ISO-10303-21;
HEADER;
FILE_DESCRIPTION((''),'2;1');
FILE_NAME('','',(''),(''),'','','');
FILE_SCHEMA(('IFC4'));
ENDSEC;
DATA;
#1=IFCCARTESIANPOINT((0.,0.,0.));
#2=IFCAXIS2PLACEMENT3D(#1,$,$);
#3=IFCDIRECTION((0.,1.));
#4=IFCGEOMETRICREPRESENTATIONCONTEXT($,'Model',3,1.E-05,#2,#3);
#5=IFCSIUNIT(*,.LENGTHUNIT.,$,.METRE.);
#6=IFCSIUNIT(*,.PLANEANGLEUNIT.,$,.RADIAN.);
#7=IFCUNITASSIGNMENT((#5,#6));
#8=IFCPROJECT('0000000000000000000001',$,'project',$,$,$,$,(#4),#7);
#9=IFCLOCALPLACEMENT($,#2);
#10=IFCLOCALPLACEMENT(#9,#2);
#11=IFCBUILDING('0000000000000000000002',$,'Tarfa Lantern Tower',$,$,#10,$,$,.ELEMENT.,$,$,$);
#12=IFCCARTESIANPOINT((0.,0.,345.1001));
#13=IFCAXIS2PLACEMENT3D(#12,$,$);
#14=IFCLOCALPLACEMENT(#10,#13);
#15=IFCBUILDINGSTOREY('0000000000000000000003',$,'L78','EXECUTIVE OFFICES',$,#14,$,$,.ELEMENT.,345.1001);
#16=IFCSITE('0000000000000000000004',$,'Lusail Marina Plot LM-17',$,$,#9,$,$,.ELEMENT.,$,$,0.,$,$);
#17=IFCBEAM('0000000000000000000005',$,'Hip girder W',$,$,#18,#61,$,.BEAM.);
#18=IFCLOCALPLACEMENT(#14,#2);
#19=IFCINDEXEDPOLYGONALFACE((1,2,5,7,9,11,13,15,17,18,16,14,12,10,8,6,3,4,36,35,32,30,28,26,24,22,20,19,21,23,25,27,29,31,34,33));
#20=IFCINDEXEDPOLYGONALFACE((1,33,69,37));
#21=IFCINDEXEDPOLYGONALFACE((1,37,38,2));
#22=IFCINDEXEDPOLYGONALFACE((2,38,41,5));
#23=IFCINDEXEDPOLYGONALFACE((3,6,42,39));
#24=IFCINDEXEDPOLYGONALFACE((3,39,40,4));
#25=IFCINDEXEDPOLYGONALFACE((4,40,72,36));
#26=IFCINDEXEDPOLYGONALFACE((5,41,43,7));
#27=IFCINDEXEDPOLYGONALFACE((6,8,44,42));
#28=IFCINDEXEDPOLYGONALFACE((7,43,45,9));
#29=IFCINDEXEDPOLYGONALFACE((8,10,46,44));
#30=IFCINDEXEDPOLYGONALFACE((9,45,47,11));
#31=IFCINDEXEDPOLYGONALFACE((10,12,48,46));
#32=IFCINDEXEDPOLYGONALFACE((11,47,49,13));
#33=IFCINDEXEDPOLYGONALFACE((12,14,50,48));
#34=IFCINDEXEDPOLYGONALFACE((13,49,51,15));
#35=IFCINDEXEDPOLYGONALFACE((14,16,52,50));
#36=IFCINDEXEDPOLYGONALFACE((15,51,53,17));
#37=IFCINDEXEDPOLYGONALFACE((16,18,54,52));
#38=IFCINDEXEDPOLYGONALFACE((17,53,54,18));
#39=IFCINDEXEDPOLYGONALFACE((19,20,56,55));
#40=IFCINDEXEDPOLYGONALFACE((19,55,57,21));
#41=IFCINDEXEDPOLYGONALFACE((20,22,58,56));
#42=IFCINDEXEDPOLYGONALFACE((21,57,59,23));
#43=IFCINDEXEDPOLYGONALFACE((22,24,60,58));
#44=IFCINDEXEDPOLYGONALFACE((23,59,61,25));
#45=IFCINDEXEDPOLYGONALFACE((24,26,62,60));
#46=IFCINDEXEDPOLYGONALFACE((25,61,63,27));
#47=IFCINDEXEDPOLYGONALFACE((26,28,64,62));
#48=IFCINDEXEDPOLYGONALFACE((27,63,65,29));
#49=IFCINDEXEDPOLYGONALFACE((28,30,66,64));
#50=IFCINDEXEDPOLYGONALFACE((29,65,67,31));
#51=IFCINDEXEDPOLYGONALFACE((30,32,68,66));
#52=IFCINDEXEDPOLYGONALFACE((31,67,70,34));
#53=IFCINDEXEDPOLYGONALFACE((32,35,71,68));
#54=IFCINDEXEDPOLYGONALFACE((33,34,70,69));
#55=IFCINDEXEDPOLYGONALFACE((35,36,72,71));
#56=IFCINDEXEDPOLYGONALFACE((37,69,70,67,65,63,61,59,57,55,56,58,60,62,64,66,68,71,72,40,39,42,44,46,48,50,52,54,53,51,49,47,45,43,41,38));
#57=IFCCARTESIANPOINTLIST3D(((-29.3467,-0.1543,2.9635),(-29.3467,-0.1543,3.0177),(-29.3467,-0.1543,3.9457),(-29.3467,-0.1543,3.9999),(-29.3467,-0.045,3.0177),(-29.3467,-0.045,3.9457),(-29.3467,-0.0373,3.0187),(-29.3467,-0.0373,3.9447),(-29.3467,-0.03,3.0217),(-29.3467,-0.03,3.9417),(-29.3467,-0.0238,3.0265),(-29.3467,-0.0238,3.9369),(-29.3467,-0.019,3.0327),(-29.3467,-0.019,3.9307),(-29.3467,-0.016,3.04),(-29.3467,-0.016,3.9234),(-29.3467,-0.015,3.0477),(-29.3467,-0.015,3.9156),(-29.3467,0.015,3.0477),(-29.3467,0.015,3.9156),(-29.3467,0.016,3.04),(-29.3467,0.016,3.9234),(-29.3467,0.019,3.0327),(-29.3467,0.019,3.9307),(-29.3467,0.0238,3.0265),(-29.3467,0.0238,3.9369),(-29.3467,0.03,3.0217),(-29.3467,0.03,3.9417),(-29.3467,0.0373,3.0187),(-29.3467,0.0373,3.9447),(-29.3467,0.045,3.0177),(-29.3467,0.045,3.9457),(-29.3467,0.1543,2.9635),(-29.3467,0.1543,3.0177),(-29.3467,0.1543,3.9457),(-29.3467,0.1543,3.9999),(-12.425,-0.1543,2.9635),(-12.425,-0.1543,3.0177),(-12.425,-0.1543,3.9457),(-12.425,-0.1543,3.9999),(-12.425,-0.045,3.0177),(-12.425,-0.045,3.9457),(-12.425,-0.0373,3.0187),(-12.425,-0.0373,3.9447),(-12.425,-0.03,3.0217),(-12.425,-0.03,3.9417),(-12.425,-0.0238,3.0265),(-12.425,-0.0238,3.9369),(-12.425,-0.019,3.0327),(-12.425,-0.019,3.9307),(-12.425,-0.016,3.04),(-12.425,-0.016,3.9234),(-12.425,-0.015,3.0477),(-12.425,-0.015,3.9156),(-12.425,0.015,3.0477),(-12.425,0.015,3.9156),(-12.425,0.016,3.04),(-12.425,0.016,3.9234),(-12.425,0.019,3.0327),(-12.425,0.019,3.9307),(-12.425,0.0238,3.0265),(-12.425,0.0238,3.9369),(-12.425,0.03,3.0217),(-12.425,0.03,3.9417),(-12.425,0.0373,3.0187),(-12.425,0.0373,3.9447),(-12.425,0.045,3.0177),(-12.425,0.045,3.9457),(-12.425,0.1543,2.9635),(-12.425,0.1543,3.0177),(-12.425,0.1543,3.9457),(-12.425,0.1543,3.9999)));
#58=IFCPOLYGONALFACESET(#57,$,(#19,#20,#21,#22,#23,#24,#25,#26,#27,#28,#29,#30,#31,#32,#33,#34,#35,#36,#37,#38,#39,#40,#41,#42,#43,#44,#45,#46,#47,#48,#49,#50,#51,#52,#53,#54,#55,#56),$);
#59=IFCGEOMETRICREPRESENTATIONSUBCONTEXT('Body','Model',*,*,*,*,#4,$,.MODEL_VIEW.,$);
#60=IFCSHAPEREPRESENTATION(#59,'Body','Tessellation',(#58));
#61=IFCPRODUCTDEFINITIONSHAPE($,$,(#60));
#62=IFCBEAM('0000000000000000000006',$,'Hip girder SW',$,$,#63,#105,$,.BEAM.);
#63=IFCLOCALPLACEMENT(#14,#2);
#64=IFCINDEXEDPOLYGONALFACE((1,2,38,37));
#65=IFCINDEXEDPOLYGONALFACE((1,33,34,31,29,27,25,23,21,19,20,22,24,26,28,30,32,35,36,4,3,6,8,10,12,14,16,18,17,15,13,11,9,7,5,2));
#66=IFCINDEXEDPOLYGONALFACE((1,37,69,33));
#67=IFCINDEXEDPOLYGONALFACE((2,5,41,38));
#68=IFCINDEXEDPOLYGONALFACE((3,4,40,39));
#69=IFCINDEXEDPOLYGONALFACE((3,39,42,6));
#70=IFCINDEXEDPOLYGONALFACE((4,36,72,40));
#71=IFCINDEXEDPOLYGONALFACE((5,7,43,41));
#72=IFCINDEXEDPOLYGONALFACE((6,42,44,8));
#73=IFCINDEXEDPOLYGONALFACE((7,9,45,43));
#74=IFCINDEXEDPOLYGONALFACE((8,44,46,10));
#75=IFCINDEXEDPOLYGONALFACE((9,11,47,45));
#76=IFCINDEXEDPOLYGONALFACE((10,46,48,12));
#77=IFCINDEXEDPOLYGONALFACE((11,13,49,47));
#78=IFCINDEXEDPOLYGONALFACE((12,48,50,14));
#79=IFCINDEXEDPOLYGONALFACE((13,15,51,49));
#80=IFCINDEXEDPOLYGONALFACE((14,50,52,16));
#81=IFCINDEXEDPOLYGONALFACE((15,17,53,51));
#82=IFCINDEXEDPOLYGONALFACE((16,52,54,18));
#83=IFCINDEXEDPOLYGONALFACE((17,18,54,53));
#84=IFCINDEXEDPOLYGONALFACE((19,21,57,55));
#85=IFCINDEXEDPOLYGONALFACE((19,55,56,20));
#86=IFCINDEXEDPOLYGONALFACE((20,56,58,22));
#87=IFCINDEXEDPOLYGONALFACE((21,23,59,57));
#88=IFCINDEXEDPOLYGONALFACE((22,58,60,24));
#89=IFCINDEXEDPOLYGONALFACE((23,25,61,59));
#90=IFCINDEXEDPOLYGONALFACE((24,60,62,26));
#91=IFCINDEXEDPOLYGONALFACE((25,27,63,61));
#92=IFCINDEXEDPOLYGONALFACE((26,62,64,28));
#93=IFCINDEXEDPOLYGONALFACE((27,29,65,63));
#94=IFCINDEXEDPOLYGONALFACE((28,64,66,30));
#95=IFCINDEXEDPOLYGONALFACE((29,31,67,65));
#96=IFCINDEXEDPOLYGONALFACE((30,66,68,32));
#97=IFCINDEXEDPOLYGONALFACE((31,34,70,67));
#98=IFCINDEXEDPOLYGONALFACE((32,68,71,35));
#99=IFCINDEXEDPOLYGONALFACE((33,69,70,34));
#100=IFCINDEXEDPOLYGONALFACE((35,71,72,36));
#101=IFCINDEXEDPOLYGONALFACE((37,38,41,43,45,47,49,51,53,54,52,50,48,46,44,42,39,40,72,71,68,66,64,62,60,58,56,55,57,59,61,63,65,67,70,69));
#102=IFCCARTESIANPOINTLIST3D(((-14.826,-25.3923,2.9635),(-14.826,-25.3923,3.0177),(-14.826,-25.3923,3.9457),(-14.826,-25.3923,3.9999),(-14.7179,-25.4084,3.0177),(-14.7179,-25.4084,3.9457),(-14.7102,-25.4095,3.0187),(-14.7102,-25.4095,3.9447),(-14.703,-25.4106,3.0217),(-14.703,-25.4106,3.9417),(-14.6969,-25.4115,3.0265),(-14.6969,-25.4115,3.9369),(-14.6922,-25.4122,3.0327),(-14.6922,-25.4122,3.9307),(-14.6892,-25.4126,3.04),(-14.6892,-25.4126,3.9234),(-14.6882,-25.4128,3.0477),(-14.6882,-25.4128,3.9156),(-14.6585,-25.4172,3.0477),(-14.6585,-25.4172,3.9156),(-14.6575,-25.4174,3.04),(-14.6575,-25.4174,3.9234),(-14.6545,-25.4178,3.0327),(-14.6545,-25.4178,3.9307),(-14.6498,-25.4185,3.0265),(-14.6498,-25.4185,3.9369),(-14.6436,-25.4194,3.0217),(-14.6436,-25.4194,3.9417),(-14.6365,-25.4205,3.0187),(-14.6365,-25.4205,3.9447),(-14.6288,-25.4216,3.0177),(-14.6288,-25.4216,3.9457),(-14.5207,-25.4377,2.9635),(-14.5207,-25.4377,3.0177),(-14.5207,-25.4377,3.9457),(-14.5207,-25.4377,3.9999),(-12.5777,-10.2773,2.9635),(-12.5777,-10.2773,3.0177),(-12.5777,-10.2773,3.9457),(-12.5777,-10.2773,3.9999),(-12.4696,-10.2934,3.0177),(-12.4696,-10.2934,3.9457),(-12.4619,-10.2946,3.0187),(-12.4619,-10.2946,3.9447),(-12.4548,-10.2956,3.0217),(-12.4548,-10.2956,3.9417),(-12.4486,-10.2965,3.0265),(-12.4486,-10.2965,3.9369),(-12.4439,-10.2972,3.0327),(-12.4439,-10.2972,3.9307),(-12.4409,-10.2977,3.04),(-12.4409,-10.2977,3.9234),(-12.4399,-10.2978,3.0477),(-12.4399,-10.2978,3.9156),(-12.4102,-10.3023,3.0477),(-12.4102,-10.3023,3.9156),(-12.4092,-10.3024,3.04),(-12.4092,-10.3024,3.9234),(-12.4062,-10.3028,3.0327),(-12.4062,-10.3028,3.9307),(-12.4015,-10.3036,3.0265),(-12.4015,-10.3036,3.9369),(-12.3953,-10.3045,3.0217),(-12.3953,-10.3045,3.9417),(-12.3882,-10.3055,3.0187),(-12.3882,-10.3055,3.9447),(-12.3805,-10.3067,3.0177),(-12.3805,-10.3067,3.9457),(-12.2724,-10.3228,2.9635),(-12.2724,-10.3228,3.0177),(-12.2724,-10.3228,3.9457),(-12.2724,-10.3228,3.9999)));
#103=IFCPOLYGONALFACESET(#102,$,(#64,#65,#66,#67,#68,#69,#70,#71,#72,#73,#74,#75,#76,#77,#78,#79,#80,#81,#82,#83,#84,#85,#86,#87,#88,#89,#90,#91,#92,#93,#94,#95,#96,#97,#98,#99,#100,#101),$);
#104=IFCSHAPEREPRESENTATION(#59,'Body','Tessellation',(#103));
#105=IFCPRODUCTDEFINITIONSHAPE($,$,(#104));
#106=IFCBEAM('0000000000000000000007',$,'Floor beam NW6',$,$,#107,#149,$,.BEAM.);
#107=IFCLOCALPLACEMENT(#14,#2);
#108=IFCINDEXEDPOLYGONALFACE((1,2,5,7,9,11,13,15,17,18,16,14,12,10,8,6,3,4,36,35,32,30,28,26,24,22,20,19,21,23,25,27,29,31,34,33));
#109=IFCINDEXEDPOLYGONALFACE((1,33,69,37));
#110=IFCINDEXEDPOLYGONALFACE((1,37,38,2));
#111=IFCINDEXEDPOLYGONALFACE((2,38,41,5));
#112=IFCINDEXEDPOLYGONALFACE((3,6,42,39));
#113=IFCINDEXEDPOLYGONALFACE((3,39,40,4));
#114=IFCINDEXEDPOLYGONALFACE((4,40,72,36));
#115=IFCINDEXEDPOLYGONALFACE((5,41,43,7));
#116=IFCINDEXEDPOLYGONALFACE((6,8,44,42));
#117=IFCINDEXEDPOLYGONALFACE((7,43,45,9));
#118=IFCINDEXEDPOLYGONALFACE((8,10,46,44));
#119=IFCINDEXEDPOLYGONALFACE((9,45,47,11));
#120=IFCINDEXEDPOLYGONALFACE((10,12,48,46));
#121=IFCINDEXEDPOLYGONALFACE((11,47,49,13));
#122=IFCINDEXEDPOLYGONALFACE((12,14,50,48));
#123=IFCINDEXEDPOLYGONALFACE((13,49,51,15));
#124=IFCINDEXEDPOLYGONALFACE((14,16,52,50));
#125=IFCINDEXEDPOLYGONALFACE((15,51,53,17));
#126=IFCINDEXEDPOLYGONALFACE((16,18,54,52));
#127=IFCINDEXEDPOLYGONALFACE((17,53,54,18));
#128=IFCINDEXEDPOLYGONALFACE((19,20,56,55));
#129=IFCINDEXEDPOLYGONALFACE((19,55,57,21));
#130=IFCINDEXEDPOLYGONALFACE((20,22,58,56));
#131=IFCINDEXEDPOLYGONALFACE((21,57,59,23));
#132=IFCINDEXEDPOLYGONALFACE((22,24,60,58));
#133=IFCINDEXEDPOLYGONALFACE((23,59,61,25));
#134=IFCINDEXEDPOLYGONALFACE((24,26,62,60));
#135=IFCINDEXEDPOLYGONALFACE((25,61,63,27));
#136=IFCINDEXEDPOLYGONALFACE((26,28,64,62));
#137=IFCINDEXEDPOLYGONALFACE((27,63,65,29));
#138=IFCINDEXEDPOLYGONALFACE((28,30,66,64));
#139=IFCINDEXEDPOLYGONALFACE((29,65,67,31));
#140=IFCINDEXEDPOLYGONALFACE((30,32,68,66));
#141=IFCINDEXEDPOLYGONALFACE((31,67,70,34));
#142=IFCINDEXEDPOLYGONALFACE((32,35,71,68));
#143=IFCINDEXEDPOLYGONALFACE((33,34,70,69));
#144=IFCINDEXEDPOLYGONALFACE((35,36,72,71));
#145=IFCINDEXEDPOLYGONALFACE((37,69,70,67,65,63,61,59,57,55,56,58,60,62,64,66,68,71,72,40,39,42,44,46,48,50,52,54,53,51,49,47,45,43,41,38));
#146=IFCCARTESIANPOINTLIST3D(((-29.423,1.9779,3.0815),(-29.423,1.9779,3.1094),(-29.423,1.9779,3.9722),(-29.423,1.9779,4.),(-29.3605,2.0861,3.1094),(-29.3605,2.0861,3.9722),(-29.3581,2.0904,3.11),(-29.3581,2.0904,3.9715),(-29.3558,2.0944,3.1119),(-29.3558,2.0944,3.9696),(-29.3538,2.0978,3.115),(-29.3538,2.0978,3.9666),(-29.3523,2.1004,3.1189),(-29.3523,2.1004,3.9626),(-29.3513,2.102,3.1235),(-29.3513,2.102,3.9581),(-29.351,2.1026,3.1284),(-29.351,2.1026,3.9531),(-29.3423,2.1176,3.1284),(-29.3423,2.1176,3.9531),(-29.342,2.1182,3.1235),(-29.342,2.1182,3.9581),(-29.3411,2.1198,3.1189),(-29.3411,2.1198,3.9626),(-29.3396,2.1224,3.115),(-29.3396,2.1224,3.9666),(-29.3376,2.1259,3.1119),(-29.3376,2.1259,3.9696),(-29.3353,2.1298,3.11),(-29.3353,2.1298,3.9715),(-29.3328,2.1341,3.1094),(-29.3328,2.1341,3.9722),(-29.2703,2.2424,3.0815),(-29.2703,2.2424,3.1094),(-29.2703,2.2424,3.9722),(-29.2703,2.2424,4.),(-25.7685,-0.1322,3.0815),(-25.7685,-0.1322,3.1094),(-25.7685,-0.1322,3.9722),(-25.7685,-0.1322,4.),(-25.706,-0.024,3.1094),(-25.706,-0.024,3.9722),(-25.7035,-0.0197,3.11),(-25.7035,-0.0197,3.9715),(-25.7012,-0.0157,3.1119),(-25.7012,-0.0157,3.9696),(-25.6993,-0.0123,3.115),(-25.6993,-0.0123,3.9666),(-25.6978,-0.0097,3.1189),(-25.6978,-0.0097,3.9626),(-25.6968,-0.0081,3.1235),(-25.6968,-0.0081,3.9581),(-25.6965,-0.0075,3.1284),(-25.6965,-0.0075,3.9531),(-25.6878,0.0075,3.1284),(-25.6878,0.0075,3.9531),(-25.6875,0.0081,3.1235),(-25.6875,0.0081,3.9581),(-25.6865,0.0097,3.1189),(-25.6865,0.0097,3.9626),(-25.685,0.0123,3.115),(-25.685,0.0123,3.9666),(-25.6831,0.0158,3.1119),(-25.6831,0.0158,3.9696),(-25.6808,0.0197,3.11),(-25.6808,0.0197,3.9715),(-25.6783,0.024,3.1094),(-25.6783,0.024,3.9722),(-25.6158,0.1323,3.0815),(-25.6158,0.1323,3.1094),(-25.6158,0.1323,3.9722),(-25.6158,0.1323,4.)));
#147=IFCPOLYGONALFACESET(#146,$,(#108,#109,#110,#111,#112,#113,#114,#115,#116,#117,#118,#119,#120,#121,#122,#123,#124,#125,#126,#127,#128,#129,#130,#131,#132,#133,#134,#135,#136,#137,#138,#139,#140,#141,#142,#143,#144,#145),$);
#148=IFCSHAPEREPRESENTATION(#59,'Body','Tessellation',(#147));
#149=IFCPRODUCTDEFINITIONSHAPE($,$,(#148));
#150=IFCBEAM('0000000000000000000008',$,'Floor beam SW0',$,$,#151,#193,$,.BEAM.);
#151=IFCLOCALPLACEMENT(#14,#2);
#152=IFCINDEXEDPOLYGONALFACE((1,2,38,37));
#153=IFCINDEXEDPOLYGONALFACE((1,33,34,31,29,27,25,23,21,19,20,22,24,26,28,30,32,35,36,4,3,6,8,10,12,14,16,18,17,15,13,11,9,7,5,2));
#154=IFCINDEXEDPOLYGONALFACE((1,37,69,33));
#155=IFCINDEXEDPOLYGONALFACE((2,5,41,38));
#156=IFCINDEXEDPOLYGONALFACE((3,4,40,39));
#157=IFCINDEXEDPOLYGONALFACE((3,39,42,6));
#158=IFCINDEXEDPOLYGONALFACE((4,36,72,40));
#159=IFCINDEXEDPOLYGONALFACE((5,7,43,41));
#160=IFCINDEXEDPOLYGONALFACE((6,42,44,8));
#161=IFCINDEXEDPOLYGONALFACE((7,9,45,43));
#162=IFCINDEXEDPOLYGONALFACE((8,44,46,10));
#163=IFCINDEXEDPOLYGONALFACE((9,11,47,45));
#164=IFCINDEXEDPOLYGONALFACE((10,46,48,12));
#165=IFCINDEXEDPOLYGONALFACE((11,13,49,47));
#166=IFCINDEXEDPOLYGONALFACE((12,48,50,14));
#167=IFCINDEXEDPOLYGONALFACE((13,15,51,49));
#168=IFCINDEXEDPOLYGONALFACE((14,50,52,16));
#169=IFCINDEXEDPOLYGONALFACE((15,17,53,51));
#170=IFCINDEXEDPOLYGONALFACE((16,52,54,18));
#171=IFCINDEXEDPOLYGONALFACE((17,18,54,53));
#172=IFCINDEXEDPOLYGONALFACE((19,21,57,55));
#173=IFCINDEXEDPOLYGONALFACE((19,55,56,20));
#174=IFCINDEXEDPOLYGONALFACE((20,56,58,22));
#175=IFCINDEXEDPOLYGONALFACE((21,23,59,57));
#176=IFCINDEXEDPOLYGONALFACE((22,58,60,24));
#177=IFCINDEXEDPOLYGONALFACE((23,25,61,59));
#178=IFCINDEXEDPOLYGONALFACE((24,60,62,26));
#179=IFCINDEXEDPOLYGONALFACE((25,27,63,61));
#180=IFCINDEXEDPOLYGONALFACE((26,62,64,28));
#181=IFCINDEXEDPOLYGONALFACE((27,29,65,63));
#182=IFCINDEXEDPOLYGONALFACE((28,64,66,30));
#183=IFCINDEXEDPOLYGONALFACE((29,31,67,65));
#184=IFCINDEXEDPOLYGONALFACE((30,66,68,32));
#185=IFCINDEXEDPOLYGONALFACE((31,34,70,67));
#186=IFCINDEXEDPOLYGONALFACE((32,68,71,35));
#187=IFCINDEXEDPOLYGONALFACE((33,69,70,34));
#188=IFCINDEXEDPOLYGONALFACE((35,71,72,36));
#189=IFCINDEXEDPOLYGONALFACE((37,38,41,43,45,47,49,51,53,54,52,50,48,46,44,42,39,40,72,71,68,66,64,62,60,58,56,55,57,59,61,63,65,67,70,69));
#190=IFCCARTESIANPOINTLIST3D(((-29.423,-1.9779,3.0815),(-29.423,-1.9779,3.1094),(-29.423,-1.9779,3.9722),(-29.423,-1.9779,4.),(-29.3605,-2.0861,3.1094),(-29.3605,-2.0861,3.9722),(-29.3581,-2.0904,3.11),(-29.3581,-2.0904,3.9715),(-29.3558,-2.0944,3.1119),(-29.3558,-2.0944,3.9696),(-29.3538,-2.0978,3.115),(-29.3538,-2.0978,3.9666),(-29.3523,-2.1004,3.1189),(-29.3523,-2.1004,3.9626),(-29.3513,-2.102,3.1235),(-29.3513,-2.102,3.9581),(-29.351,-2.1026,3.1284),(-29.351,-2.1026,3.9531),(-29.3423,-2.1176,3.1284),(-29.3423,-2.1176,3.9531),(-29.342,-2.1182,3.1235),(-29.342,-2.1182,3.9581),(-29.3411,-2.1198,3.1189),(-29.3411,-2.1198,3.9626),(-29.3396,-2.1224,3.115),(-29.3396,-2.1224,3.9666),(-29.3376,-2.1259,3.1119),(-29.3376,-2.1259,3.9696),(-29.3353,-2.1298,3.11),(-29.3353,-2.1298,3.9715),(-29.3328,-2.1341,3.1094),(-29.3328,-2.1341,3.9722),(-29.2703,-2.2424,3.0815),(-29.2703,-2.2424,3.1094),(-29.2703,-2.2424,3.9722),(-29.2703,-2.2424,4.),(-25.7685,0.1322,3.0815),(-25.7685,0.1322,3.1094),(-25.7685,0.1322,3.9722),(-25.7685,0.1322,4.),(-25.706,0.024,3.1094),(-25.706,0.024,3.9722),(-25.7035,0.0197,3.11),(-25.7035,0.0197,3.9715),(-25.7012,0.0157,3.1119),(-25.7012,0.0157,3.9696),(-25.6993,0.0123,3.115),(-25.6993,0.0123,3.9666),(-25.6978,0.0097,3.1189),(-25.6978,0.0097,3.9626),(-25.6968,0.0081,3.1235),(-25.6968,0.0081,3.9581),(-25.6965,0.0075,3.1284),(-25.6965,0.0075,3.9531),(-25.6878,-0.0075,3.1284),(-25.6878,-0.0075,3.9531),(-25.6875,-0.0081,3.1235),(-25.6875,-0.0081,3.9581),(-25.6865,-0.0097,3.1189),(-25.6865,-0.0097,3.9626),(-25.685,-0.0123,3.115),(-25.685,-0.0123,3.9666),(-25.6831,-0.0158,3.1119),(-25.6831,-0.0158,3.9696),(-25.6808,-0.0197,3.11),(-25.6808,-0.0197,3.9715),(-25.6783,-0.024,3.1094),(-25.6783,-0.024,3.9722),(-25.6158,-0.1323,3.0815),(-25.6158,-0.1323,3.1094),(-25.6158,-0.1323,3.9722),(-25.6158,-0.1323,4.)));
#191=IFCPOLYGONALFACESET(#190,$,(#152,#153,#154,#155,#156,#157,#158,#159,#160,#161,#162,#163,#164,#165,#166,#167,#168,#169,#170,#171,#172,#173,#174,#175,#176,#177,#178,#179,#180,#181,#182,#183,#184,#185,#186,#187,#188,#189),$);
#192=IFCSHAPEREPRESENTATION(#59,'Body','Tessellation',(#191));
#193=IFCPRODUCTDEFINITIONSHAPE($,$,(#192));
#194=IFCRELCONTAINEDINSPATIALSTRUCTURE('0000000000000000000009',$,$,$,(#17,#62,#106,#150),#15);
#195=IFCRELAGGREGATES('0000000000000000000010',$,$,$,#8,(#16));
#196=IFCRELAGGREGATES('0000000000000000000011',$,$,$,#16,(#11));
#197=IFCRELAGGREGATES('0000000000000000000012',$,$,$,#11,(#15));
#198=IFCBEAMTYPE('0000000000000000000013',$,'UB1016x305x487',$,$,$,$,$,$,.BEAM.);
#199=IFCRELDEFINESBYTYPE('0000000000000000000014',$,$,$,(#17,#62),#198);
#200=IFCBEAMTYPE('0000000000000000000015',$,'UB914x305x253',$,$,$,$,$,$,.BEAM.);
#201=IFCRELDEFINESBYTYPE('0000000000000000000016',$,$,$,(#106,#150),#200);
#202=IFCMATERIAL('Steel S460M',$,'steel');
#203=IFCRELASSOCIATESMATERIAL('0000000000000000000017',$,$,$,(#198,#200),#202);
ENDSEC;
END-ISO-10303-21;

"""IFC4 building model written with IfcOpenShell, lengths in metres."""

from ifc_helpers import new_model, si_unit, direction, frame, origin, origin_2d, place, context, subcontext, project, spatial, i_section, extrude, material, material_profile, profile_set, type_object, element, save


model = new_model("IFC4")

# Units and contexts
model_context = context("Model", 3, precision=1e-05, world=origin(), true_north=direction((0.0, 1.0)))
body_context = subcontext(model_context, "Body", "Model", "MODEL_VIEW")
ifc_project = project(units=[si_unit("LENGTHUNIT", "METRE"), si_unit("PLANEANGLEUNIT", "RADIAN")], contexts=[model_context])

# Site, building, storey
site_placement = place(None, origin())
site = spatial("IfcSite", under=ifc_project, at=site_placement, Name="Lusail Marina Plot LM-17", CompositionType="ELEMENT", RefElevation=0.0)
building_placement = place(site_placement, origin())
building = spatial("IfcBuilding", under=site, at=building_placement, Name="Tarfa Lantern Tower", CompositionType="ELEMENT")
storey_placement = place(building_placement, frame((0.0, 0.0, 345.1001)))
storey = spatial("IfcBuildingStorey", under=building, at=storey_placement, Name="L78", Description="EXECUTIVE OFFICES", CompositionType="ELEMENT", Elevation=345.1001)

# Beams
ifc_material_1 = material(Name="Steel S460M", Category="steel")
ifc_material_profile_1 = material_profile(ifc_material_1, i_section(OverallWidth=0.3086, OverallDepth=1.0364, WebThickness=0.03, FlangeThickness=0.0542, FilletRadius=0.03, at=origin_2d()), Name="UB1016x305x487")
ifc_profile_set_1 = profile_set([ifc_material_profile_1], Name="Steel S460M")
beam_type_1 = type_object("IfcBeamType", Name="UB1016x305x487", PredefinedType="BEAM", material=ifc_profile_set_1)
beam_1_placement = place(storey_placement, frame((-12.425, 0.0, 3.4817), z_axis=(-1.0, 0.0, 0.0), x_axis=(0.0, -1.0, 0.0)))
element("IfcBeam", 1, at=beam_1_placement, inside=storey, type_object=beam_type_1, Name="Hip girder W", PredefinedType="BEAM", context=body_context, shape_type="SweptSolid", body=[
    extrude(i_section(OverallWidth=0.3086, OverallDepth=1.0364, WebThickness=0.03, FlangeThickness=0.0542, FilletRadius=0.03, at=origin_2d()), origin(), (0.0, 0.0, 1.0), 16.9216),
])
beam_2_placement = place(storey_placement, frame((-12.425, -10.3, 3.4817), z_axis=(-0.147127, -0.989118, 0.0), x_axis=(0.989118, -0.147127, 0.0)))
element("IfcBeam", 2, at=beam_2_placement, inside=storey, type_object=beam_type_1, Name="Hip girder SW", PredefinedType="BEAM", context=body_context, shape_type="SweptSolid", body=[
    extrude(i_section(OverallWidth=0.3086, OverallDepth=1.0364, WebThickness=0.03, FlangeThickness=0.0542, FilletRadius=0.03, at=origin_2d()), origin(), (0.0, 0.0, 1.0), 15.2812),
])
ifc_material_profile_2 = material_profile(ifc_material_1, i_section(OverallWidth=0.3054, OverallDepth=0.9185, WebThickness=0.0173, FlangeThickness=0.0278, FilletRadius=0.019, at=origin_2d()), Name="UB914x305x253")
ifc_profile_set_2 = profile_set([ifc_material_profile_2], Name="Steel S460M")
beam_type_2 = type_object("IfcBeamType", Name="UB914x305x253", PredefinedType="BEAM", material=ifc_profile_set_2)
for number, where, z_axis, x_axis, name in (
    (3, (-29.3467, 2.1101, 3.5408), (0.866009, -0.500028, 0.0), (0.500028, 0.866009, 0.0), "Floor beam NW6"),
    (4, (-29.3467, -2.1101, 3.5408), (0.866009, 0.500028, 0.0), (-0.500028, 0.866009, 0.0), "Floor beam SW0"),
):
    element("IfcBeam", number, at=place(storey_placement, frame(where, z_axis=z_axis, x_axis=x_axis)), inside=storey, type_object=beam_type_2, Name=name, PredefinedType="BEAM", context=body_context, shape_type="SweptSolid", body=[
        extrude(i_section(OverallWidth=0.3054, OverallDepth=0.9185, WebThickness=0.0173, FlangeThickness=0.0278, FilletRadius=0.019, at=origin_2d()), origin(), (0.0, 0.0, 1.0), 4.22),
    ])

save(model, "model.ifc")
